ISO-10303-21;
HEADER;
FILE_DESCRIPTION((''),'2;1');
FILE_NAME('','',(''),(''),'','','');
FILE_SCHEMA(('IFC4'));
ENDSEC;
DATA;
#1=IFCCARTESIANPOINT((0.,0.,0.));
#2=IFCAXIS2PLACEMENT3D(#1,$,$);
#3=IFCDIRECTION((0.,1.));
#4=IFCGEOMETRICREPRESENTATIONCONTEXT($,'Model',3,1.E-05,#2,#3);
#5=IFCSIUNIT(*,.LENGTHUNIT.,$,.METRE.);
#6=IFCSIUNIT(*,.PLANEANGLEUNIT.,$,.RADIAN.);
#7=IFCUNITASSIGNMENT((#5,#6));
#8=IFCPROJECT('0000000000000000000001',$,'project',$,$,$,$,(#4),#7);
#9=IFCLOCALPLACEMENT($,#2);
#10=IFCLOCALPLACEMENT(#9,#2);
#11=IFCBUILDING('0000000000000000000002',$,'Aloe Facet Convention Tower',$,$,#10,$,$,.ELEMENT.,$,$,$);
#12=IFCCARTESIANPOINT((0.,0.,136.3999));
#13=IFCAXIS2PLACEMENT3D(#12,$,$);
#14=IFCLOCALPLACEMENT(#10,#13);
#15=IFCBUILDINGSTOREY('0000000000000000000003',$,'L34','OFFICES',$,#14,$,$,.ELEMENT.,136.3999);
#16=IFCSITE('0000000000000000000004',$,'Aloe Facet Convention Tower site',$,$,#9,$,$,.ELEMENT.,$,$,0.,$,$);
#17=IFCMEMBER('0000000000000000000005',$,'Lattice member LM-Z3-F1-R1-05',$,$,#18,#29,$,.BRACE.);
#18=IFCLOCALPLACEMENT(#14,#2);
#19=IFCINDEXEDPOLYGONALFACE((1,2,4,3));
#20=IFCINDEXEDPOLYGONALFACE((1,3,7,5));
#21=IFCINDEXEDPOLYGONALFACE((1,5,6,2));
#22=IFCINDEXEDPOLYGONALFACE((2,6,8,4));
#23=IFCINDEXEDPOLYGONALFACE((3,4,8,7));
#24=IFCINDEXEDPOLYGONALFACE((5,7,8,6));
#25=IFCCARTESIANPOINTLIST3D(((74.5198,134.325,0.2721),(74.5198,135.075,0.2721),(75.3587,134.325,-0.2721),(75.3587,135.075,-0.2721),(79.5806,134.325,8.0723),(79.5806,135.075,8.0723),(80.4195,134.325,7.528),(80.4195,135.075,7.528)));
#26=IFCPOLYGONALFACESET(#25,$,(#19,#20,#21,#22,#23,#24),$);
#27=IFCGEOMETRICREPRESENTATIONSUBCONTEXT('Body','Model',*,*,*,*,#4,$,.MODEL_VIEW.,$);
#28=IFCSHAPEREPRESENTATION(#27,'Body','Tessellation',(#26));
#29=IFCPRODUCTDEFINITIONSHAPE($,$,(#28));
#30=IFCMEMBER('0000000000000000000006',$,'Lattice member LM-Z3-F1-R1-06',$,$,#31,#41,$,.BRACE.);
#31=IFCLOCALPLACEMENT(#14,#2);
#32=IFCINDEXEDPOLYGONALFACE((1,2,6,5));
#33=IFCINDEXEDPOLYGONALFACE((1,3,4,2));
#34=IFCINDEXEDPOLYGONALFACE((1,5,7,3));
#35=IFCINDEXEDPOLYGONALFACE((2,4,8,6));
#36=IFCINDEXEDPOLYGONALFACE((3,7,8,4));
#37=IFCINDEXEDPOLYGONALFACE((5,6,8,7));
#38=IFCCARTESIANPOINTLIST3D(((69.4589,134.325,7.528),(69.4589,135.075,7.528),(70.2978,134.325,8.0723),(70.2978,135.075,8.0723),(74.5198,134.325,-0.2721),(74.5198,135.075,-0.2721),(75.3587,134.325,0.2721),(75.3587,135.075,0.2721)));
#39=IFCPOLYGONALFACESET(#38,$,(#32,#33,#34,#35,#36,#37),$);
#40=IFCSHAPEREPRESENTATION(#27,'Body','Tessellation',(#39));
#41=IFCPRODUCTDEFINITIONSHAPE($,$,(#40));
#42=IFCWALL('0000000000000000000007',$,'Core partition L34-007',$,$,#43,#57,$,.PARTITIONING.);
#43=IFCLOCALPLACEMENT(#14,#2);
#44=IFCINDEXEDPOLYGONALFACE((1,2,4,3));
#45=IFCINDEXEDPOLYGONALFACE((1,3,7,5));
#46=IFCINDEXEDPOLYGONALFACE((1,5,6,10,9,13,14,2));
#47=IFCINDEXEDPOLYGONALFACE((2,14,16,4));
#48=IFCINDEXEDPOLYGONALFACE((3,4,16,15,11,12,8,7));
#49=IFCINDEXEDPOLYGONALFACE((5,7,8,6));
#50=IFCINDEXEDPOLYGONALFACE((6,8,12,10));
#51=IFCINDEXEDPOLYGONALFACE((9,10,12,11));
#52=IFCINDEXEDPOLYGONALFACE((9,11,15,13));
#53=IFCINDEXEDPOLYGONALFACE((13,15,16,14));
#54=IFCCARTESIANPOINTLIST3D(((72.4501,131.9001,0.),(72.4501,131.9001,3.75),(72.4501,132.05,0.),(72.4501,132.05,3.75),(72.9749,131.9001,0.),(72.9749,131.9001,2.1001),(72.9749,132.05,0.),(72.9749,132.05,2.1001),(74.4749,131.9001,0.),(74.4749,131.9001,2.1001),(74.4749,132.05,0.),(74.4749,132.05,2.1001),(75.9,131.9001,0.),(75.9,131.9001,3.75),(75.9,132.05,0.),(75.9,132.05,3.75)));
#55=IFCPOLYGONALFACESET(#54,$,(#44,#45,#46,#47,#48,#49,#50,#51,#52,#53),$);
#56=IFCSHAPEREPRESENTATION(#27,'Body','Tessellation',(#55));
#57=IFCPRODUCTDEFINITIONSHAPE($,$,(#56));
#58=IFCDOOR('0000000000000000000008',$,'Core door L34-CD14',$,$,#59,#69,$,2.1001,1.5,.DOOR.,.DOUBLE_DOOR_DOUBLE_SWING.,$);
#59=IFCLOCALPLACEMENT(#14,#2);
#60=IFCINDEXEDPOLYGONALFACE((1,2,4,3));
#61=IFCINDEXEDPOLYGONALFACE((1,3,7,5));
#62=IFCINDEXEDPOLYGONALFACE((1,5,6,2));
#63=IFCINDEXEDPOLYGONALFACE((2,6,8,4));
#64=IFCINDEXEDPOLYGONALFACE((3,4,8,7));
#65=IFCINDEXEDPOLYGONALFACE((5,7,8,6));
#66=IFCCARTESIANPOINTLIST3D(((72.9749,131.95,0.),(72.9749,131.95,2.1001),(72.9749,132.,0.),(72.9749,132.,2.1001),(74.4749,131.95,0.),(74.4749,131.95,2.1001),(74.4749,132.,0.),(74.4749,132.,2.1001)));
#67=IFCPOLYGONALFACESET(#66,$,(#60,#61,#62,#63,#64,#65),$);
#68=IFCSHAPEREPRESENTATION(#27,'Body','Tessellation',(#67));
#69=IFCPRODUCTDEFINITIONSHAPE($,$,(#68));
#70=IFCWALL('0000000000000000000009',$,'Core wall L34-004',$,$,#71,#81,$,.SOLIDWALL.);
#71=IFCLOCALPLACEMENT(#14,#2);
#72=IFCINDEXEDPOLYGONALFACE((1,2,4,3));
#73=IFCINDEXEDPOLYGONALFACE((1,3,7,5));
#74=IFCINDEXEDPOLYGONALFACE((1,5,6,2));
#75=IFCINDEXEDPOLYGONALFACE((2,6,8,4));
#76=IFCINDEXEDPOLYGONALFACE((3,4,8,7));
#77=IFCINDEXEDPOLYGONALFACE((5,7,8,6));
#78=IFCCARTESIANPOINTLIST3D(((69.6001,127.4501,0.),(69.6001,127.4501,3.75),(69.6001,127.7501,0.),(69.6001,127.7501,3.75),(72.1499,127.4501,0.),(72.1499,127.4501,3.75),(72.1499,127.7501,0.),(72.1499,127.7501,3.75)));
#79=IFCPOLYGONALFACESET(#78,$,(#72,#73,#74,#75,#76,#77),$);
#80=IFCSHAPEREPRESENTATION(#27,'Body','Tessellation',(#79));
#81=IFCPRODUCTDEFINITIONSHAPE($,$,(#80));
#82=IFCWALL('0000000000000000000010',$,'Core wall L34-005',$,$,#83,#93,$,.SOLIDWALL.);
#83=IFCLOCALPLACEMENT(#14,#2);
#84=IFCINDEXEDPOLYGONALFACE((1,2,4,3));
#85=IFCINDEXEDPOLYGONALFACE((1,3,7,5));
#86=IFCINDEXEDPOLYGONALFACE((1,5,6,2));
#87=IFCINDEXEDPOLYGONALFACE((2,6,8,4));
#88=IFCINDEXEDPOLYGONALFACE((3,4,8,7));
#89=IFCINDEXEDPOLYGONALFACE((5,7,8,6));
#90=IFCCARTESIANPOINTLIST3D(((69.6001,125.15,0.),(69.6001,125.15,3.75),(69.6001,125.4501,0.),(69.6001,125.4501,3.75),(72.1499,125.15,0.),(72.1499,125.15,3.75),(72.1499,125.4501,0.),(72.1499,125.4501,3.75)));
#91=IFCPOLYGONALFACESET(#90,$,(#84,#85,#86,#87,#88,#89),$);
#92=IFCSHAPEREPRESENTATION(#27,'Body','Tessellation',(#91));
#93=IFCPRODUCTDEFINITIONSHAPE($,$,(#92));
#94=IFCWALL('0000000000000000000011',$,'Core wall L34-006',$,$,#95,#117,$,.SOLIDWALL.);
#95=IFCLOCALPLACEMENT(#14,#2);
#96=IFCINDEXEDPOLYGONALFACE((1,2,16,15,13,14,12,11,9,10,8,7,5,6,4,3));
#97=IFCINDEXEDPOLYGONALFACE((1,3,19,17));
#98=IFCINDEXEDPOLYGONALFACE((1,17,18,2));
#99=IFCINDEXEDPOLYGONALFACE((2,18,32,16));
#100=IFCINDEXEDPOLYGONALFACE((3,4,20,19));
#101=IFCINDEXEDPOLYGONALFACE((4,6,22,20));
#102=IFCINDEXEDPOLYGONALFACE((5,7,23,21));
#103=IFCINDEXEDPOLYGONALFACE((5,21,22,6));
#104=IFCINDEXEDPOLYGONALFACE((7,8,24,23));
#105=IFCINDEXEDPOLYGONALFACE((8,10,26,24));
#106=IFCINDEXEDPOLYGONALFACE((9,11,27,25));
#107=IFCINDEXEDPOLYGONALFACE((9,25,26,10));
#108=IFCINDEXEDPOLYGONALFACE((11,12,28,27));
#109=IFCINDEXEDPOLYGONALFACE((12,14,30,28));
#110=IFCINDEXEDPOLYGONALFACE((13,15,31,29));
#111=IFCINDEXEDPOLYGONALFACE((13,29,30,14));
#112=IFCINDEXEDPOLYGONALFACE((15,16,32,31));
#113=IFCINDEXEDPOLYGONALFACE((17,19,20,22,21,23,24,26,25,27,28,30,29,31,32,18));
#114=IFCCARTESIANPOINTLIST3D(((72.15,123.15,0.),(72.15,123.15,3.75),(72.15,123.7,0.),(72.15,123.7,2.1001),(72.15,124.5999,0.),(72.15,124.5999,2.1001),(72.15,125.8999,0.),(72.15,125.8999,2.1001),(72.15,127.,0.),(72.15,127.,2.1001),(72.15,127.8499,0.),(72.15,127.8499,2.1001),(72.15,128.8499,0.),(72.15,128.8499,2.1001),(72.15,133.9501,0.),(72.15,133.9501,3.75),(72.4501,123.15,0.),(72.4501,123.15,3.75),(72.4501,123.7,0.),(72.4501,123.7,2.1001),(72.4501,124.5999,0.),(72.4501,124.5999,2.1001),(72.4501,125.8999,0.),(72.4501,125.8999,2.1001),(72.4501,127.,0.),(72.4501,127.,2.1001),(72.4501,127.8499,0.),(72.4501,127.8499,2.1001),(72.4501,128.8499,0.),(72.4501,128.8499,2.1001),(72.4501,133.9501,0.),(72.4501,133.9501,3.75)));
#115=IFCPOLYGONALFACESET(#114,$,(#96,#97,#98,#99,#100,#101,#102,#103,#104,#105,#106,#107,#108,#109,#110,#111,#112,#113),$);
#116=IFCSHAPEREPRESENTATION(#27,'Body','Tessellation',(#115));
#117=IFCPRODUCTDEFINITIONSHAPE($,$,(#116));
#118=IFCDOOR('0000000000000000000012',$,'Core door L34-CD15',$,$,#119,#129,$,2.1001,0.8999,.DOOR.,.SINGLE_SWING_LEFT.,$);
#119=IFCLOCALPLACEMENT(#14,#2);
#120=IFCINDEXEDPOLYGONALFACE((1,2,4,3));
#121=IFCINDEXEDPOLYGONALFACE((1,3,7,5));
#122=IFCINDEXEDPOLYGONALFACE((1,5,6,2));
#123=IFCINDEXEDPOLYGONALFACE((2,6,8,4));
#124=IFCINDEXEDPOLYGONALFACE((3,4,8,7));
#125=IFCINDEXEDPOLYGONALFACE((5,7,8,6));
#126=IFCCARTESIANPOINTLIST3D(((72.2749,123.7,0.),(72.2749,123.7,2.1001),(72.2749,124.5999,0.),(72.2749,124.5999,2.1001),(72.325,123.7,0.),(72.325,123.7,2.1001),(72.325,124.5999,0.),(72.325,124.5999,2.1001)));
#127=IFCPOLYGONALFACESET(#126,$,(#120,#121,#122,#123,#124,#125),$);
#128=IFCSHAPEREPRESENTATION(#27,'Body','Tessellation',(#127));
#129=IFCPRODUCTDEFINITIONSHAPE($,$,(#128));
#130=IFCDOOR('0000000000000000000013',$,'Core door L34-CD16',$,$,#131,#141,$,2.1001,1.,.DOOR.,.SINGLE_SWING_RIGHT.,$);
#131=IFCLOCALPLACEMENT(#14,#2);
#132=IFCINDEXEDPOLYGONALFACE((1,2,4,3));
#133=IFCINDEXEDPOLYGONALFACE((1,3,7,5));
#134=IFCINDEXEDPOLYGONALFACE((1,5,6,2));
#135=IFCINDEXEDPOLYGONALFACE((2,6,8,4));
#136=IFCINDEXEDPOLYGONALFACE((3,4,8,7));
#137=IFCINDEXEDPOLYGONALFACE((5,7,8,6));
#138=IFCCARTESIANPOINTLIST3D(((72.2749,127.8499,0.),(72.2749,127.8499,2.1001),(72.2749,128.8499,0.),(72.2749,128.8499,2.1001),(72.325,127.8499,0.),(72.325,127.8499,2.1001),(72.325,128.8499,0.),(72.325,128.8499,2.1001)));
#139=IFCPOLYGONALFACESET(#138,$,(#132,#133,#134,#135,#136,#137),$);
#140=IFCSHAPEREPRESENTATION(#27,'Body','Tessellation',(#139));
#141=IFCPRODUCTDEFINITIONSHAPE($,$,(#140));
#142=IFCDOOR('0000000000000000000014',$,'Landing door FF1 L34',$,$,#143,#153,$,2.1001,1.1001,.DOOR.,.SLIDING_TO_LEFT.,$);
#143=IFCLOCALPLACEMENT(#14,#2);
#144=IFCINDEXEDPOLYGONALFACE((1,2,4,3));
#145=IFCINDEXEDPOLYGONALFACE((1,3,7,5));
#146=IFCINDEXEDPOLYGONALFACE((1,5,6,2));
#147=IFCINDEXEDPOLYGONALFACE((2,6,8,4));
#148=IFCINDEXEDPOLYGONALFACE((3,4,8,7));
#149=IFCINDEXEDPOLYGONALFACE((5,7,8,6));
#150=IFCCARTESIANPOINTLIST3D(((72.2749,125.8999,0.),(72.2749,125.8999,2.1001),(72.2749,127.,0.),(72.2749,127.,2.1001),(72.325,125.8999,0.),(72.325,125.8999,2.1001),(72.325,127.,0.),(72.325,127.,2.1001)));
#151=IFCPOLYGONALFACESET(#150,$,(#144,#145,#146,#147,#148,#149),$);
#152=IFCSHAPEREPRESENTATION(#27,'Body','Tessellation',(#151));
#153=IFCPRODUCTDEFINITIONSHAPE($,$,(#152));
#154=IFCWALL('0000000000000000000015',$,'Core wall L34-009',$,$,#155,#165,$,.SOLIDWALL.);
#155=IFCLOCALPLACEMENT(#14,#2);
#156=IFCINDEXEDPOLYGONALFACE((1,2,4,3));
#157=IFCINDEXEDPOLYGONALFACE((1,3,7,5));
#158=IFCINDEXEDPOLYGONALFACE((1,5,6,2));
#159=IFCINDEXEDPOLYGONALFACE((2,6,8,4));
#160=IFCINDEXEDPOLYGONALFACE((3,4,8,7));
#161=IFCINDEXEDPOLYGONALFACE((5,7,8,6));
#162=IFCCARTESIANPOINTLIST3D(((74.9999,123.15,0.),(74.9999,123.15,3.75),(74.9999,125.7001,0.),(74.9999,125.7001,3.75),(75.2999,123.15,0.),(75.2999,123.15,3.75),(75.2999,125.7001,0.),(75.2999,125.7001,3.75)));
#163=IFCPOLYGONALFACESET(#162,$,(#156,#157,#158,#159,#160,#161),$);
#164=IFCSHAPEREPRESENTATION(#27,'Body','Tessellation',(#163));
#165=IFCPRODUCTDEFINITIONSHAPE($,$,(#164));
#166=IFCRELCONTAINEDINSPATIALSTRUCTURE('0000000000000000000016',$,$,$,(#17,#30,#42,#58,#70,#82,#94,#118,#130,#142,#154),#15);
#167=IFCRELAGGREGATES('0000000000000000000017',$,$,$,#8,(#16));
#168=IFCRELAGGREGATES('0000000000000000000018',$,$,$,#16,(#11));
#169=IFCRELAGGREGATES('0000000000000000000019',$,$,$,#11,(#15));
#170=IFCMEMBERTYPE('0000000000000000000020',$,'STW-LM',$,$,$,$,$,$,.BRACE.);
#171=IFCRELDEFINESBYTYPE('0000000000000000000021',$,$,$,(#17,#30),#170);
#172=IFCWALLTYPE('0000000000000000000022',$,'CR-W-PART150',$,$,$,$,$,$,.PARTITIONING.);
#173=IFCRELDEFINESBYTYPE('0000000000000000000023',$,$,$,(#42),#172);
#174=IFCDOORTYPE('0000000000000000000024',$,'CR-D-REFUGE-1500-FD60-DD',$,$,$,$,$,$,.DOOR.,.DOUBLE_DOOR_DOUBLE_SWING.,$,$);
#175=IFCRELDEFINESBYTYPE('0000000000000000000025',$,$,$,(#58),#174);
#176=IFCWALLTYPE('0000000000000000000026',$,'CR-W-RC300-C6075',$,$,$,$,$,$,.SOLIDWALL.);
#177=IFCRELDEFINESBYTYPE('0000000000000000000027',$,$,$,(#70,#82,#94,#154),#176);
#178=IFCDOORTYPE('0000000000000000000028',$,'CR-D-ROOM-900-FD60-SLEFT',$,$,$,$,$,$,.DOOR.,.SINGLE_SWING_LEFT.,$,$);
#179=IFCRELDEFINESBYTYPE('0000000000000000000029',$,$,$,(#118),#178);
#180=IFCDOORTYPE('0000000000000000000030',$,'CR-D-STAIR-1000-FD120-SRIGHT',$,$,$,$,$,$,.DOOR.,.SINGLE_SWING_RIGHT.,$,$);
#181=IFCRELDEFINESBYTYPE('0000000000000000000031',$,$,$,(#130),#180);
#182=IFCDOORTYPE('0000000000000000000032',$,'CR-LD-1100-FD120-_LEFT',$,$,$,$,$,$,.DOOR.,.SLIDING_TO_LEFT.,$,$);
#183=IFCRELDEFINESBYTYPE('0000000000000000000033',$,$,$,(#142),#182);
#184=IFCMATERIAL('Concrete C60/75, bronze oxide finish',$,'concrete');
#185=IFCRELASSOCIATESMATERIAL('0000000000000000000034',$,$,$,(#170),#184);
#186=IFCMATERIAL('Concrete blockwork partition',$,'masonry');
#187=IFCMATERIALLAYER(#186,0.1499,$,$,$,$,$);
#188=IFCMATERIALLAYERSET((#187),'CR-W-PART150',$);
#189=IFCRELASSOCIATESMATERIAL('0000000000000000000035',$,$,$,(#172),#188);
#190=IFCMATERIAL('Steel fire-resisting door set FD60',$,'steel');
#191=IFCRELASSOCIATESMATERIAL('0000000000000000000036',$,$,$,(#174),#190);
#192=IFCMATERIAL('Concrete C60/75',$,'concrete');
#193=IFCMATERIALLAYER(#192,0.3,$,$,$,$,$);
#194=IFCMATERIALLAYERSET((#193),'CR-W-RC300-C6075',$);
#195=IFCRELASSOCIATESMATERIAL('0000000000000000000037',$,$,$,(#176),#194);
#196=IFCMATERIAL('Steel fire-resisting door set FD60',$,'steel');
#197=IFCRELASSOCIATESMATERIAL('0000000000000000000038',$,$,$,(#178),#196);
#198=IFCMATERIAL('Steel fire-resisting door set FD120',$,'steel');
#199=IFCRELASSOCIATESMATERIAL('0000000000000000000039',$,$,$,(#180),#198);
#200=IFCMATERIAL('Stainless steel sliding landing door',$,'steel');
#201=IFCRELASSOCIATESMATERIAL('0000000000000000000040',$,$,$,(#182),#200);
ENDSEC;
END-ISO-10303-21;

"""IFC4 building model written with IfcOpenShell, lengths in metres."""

from ifc_helpers import new_model, si_unit, direction, frame, frame_2d, origin, origin_2d, place, context, subcontext, project, spatial, rectangle, extrude, material, layer, layer_set, material_profile, profile_set, type_object, element, fill, save


model = new_model("IFC4")

# Units and contexts
model_context = context("Model", 3, precision=1e-05, world=origin(), true_north=direction((0.0, 1.0)))
body_context = subcontext(model_context, "Body", "Model", "MODEL_VIEW")
ifc_project = project(units=[si_unit("LENGTHUNIT", "METRE"), si_unit("PLANEANGLEUNIT", "RADIAN")], contexts=[model_context])

# Site, building, storey
site_placement = place(None, origin())
site = spatial("IfcSite", under=ifc_project, at=site_placement, Name="Aloe Facet Convention Tower site", CompositionType="ELEMENT", RefElevation=0.0)
building_placement = place(site_placement, origin())
building = spatial("IfcBuilding", under=site, at=building_placement, Name="Aloe Facet Convention Tower", CompositionType="ELEMENT")
storey_placement = place(building_placement, frame((0.0, 0.0, 136.3999)))
storey = spatial("IfcBuildingStorey", under=building, at=storey_placement, Name="L34", Description="OFFICES", CompositionType="ELEMENT", Elevation=136.3999)

# Members
ifc_material_1 = material(Name="Concrete C60/75, bronze oxide finish", Category="concrete")
ifc_material_profile = material_profile(ifc_material_1, rectangle(XDim=0.75, YDim=1.0, at=origin_2d()), Name="STW-LM")
ifc_profile_set = profile_set([ifc_material_profile], Name="Concrete C60/75, bronze oxide finish")
member_type = type_object("IfcMemberType", Name="STW-LM", PredefinedType="BRACE", material=ifc_profile_set)
for number, where, z_axis, x_axis, name in (
    (1, (74.9392, 134.7, 0.0), (0.54429, 0.0, 0.838897), (0.0, 1.0, 0.0), "Lattice member LM-Z3-F1-R1-05"),
    (2, (74.9392, 134.7, 0.0), (-0.54429, 0.0, 0.838897), (0.0, -1.0, 0.0), "Lattice member LM-Z3-F1-R1-06"),
):
    element("IfcMember", number, at=place(storey_placement, frame(where, z_axis=z_axis, x_axis=x_axis)), inside=storey, type_object=member_type, Name=name, PredefinedType="BRACE", context=body_context, shape_type="SweptSolid", body=[
        extrude(rectangle(XDim=0.75, YDim=1.0, at=origin_2d()), origin(), (0.0, 0.0, 1.0), 9.2981),
    ])

# Wall, opening, door
ifc_material_2 = material(Name="Concrete blockwork partition", Category="masonry")
ifc_layer_1 = layer(ifc_material_2, 0.1499)
ifc_layer_set_1 = layer_set([ifc_layer_1], Name="CR-W-PART150")
wall_type_1 = type_object("IfcWallType", Name="CR-W-PART150", PredefinedType="PARTITIONING", material=ifc_layer_set_1)
wall_1_placement = place(storey_placement, frame((72.45, 131.9751, 0.0), z_axis=(0.0, 0.0, 1.0), x_axis=(1.0, 0.0, 0.0)))
wall_1 = element("IfcWall", 3, at=wall_1_placement, inside=storey, type_object=wall_type_1, Name="Core partition L34-007", PredefinedType="PARTITIONING", context=body_context, shape_type="SweptSolid", body=[
    extrude(rectangle(XDim=3.45, YDim=0.1499, at=frame_2d((1.7251, 0.0))), origin(), (0.0, 0.0, 1.0), 3.75),
])
opening_1_placement = place(wall_1_placement, frame((0.5249, 0.0, 0.0)))
opening_1 = element("IfcOpeningElement", 4, at=opening_1_placement, cuts=wall_1, PredefinedType="OPENING", context=body_context, shape_type="SweptSolid", body=[
    extrude(rectangle(XDim=1.5, YDim=2.1001, at=frame_2d((0.75, 1.05))), frame((0.0, 0.085, 0.0), z_axis=(0.0, -1.0, 0.0), x_axis=(1.0, 0.0, 0.0)), (0.0, 0.0, 1.0), 0.1699),
])
ifc_material_3 = material(Name="Steel fire-resisting door set FD60", Category="steel")
door_type_1 = type_object("IfcDoorType", Name="CR-D-REFUGE-1500-FD60-DD", OperationType="DOUBLE_DOOR_DOUBLE_SWING", PredefinedType="DOOR", material=ifc_material_3)
door_1_placement = place(opening_1_placement, origin())
door_1 = element("IfcDoor", 5, at=door_1_placement, inside=storey, type_object=door_type_1, Name="Core door L34-CD14", OperationType="DOUBLE_DOOR_DOUBLE_SWING", OverallHeight=2.1001, OverallWidth=1.5, PredefinedType="DOOR", context=body_context, shape_type="SweptSolid", body=[
    extrude(rectangle(XDim=1.5, YDim=2.1001, at=frame_2d((0.75, 1.05))), frame((0.0, 0.0249, 0.0), z_axis=(0.0, -1.0, 0.0), x_axis=(1.0, 0.0, 0.0)), (0.0, 0.0, 1.0), 0.05),
])
fill(opening_1, door_1)

# Walls
ifc_material_4 = material(Name="Concrete C60/75", Category="concrete")
ifc_layer_2 = layer(ifc_material_4, 0.3)
ifc_layer_set_2 = layer_set([ifc_layer_2], Name="CR-W-RC300-C6075")
wall_type_2 = type_object("IfcWallType", Name="CR-W-RC300-C6075", PredefinedType="SOLIDWALL", material=ifc_layer_set_2)
for number, where, z_axis, x_axis, name in (
    (6, (69.6001, 127.6001, 0.0), (0.0, 0.0, 1.0), (1.0, 0.0, 0.0), "Core wall L34-004"),
    (7, (69.6001, 125.3, 0.0), (0.0, 0.0, 1.0), (1.0, 0.0, 0.0), "Core wall L34-005"),
):
    element("IfcWall", number, at=place(storey_placement, frame(where, z_axis=z_axis, x_axis=x_axis)), inside=storey, type_object=wall_type_2, Name=name, PredefinedType="SOLIDWALL", context=body_context, shape_type="SweptSolid", body=[
        extrude(rectangle(XDim=2.5498, YDim=0.3, at=frame_2d((1.2749, 0.0))), origin(), (0.0, 0.0, 1.0), 3.75),
    ])

# Wall, openings, doors
wall_2_placement = place(storey_placement, frame((72.3, 133.95, 0.0), z_axis=(0.0, 0.0, 1.0), x_axis=(0.0, -1.0, 0.0)))
wall_2 = element("IfcWall", 8, at=wall_2_placement, inside=storey, type_object=wall_type_2, Name="Core wall L34-006", PredefinedType="SOLIDWALL", context=body_context, shape_type="SweptSolid", body=[
    extrude(rectangle(XDim=10.8, YDim=0.3, at=frame_2d((5.3999, 0.0))), origin(), (0.0, 0.0, 1.0), 3.75),
])
opening_2_placement = place(wall_2_placement, frame((6.95, 0.0, 0.0)))
opening_2 = element("IfcOpeningElement", 9, at=opening_2_placement, cuts=wall_2, PredefinedType="OPENING", context=body_context, shape_type="SweptSolid", body=[
    extrude(rectangle(XDim=1.1001, YDim=2.1001, at=frame_2d((0.55, 1.05))), frame((0.0, 0.1602, 0.0), z_axis=(0.0, -1.0, 0.0), x_axis=(1.0, 0.0, 0.0)), (0.0, 0.0, 1.0), 0.3201),
])
opening_3_placement = place(wall_2_placement, frame((9.3501, 0.0, 0.0)))
opening_3 = element("IfcOpeningElement", 10, at=opening_3_placement, cuts=wall_2, PredefinedType="OPENING", context=body_context, shape_type="SweptSolid", body=[
    extrude(rectangle(XDim=0.8999, YDim=2.1001, at=frame_2d((0.45, 1.05))), frame((0.0, 0.1602, 0.0), z_axis=(0.0, -1.0, 0.0), x_axis=(1.0, 0.0, 0.0)), (0.0, 0.0, 1.0), 0.3201),
])
opening_4_placement = place(wall_2_placement, frame((5.1001, 0.0, 0.0)))
opening_4 = element("IfcOpeningElement", 11, at=opening_4_placement, cuts=wall_2, PredefinedType="OPENING", context=body_context, shape_type="SweptSolid", body=[
    extrude(rectangle(XDim=1.0, YDim=2.1001, at=frame_2d((0.5, 1.05))), frame((0.0, 0.1602, 0.0), z_axis=(0.0, -1.0, 0.0), x_axis=(1.0, 0.0, 0.0)), (0.0, 0.0, 1.0), 0.3201),
])
ifc_material_5 = material(Name="Steel fire-resisting door set FD60", Category="steel")
door_type_2 = type_object("IfcDoorType", Name="CR-D-ROOM-900-FD60-SLEFT", OperationType="SINGLE_SWING_LEFT", PredefinedType="DOOR", material=ifc_material_5)
door_2_placement = place(opening_3_placement, origin())
door_2 = element("IfcDoor", 12, at=door_2_placement, inside=storey, type_object=door_type_2, Name="Core door L34-CD15", OperationType="SINGLE_SWING_LEFT", OverallHeight=2.1001, OverallWidth=0.8999, PredefinedType="DOOR", context=body_context, shape_type="SweptSolid", body=[
    extrude(rectangle(XDim=0.8999, YDim=2.1001, at=frame_2d((0.45, 1.05))), frame((0.0, 0.0249, 0.0), z_axis=(0.0, -1.0, 0.0), x_axis=(1.0, 0.0, 0.0)), (0.0, 0.0, 1.0), 0.05),
])
fill(opening_3, door_2)
ifc_material_6 = material(Name="Steel fire-resisting door set FD120", Category="steel")
door_type_3 = type_object("IfcDoorType", Name="CR-D-STAIR-1000-FD120-SRIGHT", OperationType="SINGLE_SWING_RIGHT", PredefinedType="DOOR", material=ifc_material_6)
door_3_placement = place(opening_4_placement, origin())
door_3 = element("IfcDoor", 13, at=door_3_placement, inside=storey, type_object=door_type_3, Name="Core door L34-CD16", OperationType="SINGLE_SWING_RIGHT", OverallHeight=2.1001, OverallWidth=1.0, PredefinedType="DOOR", context=body_context, shape_type="SweptSolid", body=[
    extrude(rectangle(XDim=1.0, YDim=2.1001, at=frame_2d((0.5, 1.05))), frame((0.0, 0.0249, 0.0), z_axis=(0.0, -1.0, 0.0), x_axis=(1.0, 0.0, 0.0)), (0.0, 0.0, 1.0), 0.05),
])
fill(opening_4, door_3)
ifc_material_7 = material(Name="Stainless steel sliding landing door", Category="steel")
door_type_4 = type_object("IfcDoorType", Name="CR-LD-1100-FD120-_LEFT", OperationType="SLIDING_TO_LEFT", PredefinedType="DOOR", material=ifc_material_7)
door_4_placement = place(opening_2_placement, origin())
door_4 = element("IfcDoor", 14, at=door_4_placement, inside=storey, type_object=door_type_4, Name="Landing door FF1 L34", OperationType="SLIDING_TO_LEFT", OverallHeight=2.1001, OverallWidth=1.1001, PredefinedType="DOOR", context=body_context, shape_type="SweptSolid", body=[
    extrude(rectangle(XDim=1.1001, YDim=2.1001, at=frame_2d((0.55, 1.05))), frame((0.0, 0.0249, 0.0), z_axis=(0.0, -1.0, 0.0), x_axis=(1.0, 0.0, 0.0)), (0.0, 0.0, 1.0), 0.05),
])
fill(opening_2, door_4)

# Wall
wall_3_placement = place(storey_placement, frame((75.1499, 125.7, 0.0), z_axis=(0.0, 0.0, 1.0), x_axis=(0.0, -1.0, 0.0)))
element("IfcWall", 15, at=wall_3_placement, inside=storey, type_object=wall_type_2, Name="Core wall L34-009", PredefinedType="SOLIDWALL", context=body_context, shape_type="SweptSolid", body=[
    extrude(rectangle(XDim=2.55, YDim=0.3, at=frame_2d((1.2749, 0.0))), origin(), (0.0, 0.0, 1.0), 3.75),
])

save(model, "model.ifc")
